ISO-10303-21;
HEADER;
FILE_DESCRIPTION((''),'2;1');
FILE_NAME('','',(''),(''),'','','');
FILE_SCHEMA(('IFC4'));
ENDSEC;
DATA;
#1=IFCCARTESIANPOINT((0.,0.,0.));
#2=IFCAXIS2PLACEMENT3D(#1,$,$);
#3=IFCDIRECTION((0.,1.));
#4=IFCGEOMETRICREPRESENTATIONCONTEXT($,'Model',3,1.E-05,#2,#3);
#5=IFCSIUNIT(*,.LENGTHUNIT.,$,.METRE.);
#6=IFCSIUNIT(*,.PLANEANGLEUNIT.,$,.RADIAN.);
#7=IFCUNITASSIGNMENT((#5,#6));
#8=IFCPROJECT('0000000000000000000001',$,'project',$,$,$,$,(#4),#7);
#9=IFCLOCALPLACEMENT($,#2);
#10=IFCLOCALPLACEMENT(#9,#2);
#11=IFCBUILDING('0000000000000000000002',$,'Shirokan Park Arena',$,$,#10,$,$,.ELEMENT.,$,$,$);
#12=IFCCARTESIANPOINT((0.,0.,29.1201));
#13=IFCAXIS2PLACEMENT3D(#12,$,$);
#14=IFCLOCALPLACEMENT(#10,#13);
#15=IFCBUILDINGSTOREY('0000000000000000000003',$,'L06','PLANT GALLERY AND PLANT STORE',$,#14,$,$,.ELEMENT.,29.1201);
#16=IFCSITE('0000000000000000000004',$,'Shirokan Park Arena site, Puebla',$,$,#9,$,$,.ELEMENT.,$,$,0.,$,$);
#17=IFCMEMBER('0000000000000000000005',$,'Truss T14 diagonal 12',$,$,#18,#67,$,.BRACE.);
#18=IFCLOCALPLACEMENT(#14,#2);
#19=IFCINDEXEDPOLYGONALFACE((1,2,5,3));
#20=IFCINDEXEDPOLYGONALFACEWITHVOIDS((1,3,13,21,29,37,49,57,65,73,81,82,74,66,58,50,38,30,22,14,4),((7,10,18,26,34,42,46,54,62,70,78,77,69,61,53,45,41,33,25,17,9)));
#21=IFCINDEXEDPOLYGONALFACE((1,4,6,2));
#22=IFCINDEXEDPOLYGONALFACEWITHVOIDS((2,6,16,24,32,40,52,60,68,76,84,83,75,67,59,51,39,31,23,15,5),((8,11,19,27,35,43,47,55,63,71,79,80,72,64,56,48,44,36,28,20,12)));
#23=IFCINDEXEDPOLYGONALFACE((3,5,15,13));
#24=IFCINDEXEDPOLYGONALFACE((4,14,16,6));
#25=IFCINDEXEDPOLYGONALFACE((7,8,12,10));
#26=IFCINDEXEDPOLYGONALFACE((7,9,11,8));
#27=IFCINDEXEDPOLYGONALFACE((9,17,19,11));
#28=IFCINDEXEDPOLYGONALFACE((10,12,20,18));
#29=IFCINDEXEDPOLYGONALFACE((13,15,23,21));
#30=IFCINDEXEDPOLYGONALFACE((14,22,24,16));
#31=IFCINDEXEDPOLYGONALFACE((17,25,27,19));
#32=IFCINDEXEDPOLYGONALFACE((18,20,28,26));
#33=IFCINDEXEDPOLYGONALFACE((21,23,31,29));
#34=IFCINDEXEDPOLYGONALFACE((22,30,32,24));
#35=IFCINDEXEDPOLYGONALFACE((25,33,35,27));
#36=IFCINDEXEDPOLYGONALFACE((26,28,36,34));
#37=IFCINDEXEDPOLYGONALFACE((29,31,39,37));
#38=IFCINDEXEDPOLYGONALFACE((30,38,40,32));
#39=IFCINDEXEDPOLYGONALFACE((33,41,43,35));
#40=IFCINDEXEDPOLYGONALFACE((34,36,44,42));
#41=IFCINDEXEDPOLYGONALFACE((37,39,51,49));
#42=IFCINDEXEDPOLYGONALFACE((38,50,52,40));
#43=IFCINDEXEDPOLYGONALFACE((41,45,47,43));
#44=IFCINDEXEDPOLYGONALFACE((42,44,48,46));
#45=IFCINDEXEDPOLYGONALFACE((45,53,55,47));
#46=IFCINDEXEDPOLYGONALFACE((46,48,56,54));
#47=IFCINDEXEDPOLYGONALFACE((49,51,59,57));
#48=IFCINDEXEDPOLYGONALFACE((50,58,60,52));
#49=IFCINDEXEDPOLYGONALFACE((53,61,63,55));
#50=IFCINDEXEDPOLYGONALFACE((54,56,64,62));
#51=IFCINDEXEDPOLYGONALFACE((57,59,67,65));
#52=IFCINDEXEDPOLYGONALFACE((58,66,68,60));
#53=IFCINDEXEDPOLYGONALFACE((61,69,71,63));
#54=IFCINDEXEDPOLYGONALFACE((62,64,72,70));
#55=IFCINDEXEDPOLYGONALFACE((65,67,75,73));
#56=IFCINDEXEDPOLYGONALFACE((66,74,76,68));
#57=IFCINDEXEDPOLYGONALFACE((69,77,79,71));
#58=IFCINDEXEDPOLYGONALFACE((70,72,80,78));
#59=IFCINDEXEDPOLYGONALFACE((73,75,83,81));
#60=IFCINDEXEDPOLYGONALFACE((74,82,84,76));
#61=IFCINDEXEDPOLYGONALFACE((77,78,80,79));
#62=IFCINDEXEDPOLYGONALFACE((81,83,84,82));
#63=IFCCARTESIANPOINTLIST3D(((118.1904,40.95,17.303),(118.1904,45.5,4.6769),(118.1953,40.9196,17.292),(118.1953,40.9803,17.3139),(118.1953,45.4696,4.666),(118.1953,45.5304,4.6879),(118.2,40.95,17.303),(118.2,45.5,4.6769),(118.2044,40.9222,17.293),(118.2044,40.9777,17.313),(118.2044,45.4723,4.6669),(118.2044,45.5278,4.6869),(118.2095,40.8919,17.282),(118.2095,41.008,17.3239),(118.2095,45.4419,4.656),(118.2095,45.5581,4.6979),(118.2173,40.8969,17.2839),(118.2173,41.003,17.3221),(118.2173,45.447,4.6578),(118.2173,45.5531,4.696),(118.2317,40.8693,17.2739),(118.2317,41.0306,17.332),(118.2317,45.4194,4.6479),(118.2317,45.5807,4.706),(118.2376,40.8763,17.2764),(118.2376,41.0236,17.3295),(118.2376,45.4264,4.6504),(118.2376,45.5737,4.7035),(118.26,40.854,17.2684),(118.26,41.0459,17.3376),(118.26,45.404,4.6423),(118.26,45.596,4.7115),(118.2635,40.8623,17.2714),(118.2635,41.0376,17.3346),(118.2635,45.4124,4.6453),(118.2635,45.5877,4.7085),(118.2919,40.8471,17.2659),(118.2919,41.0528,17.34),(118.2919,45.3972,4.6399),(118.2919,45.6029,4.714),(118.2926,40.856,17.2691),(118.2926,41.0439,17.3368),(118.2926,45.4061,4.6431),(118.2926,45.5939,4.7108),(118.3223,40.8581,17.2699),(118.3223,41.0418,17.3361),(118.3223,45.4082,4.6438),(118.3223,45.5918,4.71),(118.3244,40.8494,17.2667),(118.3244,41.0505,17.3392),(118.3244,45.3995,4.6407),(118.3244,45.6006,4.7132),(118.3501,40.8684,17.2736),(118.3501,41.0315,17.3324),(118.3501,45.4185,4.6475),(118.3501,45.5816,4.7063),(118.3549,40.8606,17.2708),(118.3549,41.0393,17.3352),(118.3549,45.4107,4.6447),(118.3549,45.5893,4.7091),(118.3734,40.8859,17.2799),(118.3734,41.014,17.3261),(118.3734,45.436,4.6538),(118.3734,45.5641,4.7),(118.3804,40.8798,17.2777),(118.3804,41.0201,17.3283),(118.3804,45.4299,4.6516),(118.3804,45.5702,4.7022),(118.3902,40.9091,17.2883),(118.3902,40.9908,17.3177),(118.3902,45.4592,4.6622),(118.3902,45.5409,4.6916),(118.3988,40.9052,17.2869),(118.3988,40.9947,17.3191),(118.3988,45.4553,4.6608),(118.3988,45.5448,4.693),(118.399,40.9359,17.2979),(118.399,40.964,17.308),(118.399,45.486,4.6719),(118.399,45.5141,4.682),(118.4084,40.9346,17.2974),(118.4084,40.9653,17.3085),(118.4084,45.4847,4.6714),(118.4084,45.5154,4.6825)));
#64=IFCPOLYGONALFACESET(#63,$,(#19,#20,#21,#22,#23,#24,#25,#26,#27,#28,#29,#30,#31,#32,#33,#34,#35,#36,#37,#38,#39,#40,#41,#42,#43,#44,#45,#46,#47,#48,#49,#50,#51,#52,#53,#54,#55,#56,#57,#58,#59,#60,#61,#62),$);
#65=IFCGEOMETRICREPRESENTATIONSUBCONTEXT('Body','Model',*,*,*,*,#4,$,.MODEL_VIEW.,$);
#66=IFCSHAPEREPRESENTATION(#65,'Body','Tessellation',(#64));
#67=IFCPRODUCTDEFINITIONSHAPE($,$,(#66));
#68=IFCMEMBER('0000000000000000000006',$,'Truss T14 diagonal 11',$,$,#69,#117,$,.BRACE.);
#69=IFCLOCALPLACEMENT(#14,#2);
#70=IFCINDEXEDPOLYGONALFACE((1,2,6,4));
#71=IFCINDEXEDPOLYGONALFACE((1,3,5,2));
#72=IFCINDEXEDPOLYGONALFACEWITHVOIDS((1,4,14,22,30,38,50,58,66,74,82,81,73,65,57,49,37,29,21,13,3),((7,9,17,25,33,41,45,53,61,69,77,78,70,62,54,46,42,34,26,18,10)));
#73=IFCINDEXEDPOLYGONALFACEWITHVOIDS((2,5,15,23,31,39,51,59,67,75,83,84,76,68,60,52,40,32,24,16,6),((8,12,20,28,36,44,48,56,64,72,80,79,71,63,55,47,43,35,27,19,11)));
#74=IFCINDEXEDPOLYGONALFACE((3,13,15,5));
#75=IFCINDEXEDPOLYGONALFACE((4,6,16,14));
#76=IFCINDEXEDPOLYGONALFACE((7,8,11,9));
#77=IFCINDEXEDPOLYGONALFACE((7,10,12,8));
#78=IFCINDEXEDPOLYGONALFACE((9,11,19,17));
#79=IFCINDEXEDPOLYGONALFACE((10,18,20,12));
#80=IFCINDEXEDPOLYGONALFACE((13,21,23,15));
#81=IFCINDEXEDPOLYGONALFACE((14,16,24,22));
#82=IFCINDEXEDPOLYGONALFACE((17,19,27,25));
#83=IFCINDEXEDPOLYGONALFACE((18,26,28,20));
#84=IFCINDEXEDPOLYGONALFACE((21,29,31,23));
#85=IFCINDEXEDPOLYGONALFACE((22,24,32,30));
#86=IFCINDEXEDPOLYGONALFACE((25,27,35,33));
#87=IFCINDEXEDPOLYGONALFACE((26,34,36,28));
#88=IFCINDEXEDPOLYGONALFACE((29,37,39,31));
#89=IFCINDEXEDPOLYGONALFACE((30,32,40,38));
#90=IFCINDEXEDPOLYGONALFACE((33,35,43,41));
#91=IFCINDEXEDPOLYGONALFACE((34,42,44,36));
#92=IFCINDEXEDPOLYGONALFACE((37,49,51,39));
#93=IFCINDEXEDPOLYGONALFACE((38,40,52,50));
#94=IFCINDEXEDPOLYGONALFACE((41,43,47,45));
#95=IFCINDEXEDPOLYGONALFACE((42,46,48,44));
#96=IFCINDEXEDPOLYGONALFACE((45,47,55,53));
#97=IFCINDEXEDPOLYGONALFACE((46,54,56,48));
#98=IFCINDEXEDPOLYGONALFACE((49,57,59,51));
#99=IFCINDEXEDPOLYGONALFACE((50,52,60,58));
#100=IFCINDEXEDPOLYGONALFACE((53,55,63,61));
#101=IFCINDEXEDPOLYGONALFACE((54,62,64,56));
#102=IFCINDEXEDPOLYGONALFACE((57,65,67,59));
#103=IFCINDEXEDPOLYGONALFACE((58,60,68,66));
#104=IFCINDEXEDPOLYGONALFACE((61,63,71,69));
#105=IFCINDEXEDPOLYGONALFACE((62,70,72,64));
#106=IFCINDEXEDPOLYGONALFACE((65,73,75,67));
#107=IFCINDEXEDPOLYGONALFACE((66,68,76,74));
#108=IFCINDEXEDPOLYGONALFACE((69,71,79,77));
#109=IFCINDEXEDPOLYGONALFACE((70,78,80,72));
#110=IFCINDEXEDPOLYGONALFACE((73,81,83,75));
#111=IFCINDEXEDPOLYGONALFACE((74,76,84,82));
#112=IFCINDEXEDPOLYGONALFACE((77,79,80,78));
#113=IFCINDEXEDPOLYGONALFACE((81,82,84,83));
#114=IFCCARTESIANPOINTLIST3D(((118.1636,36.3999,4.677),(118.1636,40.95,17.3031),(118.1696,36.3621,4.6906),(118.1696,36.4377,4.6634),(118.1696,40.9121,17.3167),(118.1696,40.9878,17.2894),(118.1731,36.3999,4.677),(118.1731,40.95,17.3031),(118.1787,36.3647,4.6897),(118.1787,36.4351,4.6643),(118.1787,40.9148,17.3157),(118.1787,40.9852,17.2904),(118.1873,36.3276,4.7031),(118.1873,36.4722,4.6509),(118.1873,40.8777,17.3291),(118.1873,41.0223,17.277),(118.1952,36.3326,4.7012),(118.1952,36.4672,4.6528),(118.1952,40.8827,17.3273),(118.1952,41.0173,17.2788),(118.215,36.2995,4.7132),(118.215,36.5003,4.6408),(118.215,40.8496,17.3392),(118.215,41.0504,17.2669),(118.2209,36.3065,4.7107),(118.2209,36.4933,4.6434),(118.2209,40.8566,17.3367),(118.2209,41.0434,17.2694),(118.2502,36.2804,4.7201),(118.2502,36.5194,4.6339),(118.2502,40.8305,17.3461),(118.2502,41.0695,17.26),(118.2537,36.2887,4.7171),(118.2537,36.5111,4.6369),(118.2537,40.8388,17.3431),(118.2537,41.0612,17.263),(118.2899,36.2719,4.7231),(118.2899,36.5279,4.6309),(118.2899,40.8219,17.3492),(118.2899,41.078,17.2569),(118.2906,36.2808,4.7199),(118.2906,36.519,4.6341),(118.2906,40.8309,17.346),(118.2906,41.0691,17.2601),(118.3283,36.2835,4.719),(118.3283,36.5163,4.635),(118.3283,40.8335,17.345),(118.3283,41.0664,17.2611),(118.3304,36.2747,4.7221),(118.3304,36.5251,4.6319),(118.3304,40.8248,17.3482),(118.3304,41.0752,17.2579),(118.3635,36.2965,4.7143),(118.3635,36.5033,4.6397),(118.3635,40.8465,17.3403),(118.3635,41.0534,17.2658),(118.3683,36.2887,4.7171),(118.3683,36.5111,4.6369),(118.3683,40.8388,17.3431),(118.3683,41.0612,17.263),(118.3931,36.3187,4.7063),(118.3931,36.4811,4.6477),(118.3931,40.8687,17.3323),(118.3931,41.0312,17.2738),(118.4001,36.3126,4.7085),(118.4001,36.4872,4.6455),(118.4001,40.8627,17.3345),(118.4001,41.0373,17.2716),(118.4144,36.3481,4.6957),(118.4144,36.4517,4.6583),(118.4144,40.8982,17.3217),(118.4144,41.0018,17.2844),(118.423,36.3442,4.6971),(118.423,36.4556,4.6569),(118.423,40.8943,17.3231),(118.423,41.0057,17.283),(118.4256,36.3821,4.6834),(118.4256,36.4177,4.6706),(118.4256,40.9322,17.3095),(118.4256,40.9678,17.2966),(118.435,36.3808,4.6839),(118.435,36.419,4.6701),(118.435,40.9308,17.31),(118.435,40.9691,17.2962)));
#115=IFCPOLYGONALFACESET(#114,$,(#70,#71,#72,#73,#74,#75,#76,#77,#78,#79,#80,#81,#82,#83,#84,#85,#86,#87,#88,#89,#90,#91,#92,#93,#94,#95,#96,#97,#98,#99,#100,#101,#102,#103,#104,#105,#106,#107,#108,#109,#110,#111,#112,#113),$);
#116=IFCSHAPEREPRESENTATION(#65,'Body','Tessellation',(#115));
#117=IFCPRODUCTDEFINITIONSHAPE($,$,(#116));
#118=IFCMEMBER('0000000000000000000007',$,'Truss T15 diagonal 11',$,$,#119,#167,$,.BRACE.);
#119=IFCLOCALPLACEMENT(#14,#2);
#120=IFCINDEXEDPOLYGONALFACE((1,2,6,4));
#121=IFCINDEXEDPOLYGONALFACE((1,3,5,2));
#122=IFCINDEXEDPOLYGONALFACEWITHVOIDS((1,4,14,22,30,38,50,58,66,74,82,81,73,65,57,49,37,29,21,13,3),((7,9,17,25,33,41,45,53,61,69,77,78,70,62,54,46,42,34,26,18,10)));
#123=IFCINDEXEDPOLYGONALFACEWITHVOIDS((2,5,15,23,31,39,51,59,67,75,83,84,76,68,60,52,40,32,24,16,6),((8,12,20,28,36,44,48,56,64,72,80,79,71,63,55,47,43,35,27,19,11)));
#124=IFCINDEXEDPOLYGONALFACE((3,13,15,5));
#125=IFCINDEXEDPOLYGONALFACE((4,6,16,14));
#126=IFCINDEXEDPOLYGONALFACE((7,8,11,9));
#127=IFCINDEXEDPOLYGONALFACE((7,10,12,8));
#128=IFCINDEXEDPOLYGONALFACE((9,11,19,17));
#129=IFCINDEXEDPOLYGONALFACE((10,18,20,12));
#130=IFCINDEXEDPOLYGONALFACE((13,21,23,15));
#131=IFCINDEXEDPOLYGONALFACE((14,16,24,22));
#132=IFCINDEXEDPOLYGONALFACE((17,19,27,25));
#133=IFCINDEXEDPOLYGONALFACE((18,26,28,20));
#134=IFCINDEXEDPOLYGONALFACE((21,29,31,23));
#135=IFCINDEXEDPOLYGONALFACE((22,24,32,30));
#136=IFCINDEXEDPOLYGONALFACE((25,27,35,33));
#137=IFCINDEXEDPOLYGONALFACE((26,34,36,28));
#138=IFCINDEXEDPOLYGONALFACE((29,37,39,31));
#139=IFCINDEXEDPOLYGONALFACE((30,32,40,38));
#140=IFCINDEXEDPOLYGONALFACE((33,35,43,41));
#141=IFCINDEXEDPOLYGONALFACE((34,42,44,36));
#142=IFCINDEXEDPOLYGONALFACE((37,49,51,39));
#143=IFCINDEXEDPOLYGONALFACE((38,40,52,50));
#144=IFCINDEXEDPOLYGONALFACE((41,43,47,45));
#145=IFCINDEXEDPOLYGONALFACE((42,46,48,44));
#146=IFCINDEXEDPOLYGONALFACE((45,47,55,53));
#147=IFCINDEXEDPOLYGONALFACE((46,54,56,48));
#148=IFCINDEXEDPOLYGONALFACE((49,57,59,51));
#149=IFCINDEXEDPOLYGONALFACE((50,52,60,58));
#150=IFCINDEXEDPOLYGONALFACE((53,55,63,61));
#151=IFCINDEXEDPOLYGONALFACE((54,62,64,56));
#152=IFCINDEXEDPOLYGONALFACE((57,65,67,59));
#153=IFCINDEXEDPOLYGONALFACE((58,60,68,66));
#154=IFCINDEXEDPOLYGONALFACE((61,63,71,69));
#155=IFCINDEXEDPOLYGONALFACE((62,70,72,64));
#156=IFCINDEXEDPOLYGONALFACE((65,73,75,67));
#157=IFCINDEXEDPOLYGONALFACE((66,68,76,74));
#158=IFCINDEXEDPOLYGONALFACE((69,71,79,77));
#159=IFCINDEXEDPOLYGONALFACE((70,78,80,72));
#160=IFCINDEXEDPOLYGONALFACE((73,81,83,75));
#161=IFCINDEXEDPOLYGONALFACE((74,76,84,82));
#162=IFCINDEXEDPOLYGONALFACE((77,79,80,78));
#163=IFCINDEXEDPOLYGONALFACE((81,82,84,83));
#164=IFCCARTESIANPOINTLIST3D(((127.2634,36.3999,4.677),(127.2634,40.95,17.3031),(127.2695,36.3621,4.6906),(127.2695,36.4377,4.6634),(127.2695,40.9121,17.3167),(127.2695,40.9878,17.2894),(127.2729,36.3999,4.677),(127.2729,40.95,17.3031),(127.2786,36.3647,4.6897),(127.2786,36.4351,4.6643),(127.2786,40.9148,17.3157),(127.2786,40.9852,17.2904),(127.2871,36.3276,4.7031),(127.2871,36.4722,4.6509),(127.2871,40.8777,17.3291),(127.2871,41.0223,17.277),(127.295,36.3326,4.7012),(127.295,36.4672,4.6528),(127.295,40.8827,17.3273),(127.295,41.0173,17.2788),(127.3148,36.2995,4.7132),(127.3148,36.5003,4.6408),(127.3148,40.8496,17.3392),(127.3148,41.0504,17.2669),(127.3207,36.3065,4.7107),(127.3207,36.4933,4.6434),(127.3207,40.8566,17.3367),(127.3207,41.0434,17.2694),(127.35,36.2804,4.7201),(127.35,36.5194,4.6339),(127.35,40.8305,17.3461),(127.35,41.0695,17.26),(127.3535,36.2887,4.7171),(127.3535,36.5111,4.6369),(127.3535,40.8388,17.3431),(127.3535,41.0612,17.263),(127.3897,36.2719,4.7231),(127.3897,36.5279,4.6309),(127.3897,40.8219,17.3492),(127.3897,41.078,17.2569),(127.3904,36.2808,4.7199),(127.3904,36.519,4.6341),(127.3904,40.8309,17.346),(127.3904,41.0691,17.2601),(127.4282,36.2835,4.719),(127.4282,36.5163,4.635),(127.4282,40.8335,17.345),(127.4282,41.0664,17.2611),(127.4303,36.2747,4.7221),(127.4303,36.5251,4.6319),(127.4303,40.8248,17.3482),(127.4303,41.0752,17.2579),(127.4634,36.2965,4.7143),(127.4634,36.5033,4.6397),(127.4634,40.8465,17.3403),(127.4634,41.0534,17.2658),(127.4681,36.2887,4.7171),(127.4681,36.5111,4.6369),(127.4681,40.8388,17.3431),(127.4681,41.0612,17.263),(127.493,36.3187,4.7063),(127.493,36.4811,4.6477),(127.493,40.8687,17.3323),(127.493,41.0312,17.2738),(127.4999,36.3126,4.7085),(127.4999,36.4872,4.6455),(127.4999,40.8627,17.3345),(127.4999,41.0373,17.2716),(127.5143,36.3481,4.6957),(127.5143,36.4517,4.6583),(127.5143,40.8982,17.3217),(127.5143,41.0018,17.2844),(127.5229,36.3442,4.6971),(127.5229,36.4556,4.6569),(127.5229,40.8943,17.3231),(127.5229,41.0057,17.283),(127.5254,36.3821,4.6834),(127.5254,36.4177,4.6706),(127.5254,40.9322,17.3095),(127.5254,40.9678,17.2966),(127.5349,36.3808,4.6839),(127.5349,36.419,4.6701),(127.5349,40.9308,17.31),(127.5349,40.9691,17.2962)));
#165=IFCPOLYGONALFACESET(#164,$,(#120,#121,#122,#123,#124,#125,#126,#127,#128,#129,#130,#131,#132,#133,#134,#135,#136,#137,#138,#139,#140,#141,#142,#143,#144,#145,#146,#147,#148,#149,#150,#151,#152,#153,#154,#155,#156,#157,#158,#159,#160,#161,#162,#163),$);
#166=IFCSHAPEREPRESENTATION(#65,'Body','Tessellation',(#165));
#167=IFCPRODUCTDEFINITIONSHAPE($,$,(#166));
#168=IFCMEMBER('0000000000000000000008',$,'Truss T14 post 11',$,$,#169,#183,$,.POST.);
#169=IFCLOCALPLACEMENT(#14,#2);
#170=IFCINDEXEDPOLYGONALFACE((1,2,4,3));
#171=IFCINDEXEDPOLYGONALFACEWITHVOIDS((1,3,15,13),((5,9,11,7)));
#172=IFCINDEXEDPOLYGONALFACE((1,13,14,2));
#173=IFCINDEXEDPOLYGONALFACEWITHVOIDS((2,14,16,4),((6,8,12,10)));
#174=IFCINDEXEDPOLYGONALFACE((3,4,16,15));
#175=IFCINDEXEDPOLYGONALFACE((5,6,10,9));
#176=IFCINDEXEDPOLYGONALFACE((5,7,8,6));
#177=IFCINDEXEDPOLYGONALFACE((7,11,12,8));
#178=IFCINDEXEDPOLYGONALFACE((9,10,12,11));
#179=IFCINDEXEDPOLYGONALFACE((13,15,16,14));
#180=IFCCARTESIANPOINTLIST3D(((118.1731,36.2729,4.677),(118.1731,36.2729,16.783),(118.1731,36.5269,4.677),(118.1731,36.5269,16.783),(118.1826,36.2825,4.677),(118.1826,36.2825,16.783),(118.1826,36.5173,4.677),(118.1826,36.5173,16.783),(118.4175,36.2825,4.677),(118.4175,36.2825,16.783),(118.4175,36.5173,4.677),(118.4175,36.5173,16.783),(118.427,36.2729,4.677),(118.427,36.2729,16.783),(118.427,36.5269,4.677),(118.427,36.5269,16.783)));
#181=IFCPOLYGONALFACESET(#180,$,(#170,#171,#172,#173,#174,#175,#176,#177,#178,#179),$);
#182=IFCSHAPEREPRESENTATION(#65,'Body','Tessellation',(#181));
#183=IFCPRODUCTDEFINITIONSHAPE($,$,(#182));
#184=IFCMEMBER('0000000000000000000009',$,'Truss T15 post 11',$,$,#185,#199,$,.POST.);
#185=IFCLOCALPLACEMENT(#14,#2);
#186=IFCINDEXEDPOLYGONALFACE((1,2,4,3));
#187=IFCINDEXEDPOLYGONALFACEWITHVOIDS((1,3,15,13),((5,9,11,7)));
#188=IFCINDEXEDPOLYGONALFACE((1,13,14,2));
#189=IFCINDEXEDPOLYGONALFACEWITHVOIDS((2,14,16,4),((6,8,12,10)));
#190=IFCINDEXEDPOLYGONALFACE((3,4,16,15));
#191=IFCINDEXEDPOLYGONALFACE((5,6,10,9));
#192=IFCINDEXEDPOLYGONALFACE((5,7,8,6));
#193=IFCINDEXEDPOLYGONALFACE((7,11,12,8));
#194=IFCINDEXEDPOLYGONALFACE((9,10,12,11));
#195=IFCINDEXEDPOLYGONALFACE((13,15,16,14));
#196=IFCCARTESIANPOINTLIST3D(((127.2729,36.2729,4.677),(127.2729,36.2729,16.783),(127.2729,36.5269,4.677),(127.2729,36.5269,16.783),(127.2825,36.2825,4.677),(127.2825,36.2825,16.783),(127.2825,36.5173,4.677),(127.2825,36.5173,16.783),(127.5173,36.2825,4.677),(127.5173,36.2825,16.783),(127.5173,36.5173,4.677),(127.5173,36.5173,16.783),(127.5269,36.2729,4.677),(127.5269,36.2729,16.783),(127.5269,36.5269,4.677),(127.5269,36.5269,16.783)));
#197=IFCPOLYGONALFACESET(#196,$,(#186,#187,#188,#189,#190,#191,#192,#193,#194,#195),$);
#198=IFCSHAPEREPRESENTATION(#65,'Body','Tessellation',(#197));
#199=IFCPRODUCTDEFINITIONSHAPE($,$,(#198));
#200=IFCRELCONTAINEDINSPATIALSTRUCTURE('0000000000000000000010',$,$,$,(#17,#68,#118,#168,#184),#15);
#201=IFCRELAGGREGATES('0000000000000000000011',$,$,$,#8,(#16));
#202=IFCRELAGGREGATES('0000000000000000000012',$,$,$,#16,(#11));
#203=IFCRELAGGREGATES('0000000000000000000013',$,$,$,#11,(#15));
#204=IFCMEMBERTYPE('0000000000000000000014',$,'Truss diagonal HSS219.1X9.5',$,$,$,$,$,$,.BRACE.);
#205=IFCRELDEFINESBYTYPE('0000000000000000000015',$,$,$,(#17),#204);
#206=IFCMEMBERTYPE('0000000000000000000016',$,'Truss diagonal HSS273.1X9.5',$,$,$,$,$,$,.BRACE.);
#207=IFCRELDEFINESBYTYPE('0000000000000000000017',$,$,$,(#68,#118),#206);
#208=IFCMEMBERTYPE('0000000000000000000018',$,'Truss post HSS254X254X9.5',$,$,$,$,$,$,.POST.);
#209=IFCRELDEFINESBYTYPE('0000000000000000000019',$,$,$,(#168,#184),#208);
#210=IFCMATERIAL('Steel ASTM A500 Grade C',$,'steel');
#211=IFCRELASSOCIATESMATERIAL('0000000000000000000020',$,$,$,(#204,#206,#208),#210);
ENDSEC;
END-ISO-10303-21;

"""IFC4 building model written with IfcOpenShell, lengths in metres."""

from ifc_helpers import new_model, si_unit, direction, frame, origin, origin_2d, place, context, subcontext, project, spatial, hollow_rectangle, hollow_circle, extrude, material, material_profile, profile_set, type_object, element, save


model = new_model("IFC4")

# Units and contexts
model_context = context("Model", 3, precision=1e-05, world=origin(), true_north=direction((0.0, 1.0)))
body_context = subcontext(model_context, "Body", "Model", "MODEL_VIEW")
ifc_project = project(units=[si_unit("LENGTHUNIT", "METRE"), si_unit("PLANEANGLEUNIT", "RADIAN")], contexts=[model_context])

# Site, building, storey
site_placement = place(None, origin())
site = spatial("IfcSite", under=ifc_project, at=site_placement, Name="Shirokan Park Arena site, Puebla", CompositionType="ELEMENT", RefElevation=0.0)
building_placement = place(site_placement, origin())
building = spatial("IfcBuilding", under=site, at=building_placement, Name="Shirokan Park Arena", CompositionType="ELEMENT")
storey_placement = place(building_placement, frame((0.0, 0.0, 29.1201)))
storey = spatial("IfcBuildingStorey", under=building, at=storey_placement, Name="L06", Description="PLANT GALLERY AND PLANT STORE", CompositionType="ELEMENT", Elevation=29.1201)

# Shared definitions
ifc_material_1 = material(Name="Steel ASTM A500 Grade C", Category="steel")

# Members
ifc_material_profile_1 = material_profile(ifc_material_1, hollow_circle(Radius=0.1096, WallThickness=0.0095, at=origin_2d()), Name="HSS219.1X9.5")
ifc_profile_set_1 = profile_set([ifc_material_profile_1], Name="Steel ASTM A500 Grade C")
member_type_1 = type_object("IfcMemberType", Name="Truss diagonal HSS219.1X9.5", PredefinedType="BRACE", material=ifc_profile_set_1)
member_1_placement = place(storey_placement, frame((118.3, 40.95, 17.303), z_axis=(0.0, 0.339029, -0.940776), x_axis=(-1.0, 0.0, 0.0)))
element("IfcMember", 1, at=member_1_placement, inside=storey, type_object=member_type_1, Name="Truss T14 diagonal 12", PredefinedType="BRACE", context=body_context, shape_type="SweptSolid", body=[
    extrude(hollow_circle(Radius=0.1096, WallThickness=0.0095, at=origin_2d()), origin(), (0.0, 0.0, 1.0), 13.4209),
])
ifc_material_profile_2 = material_profile(ifc_material_1, hollow_circle(Radius=0.1365, WallThickness=0.0095, at=origin_2d()), Name="HSS273.1X9.5")
ifc_profile_set_2 = profile_set([ifc_material_profile_2], Name="Steel ASTM A500 Grade C")
member_type_2 = type_object("IfcMemberType", Name="Truss diagonal HSS273.1X9.5", PredefinedType="BRACE", material=ifc_profile_set_2)
for number, where, z_axis, x_axis, name in (
    (2, (118.3, 36.3999, 4.677), (0.0, 0.339029, 0.940776), (-1.0, 0.0, 0.0), "Truss T14 diagonal 11"),
    (3, (127.3999, 36.3999, 4.677), (0.0, 0.339029, 0.940776), (-1.0, 0.0, 0.0), "Truss T15 diagonal 11"),
):
    element("IfcMember", number, at=place(storey_placement, frame(where, z_axis=z_axis, x_axis=x_axis)), inside=storey, type_object=member_type_2, Name=name, PredefinedType="BRACE", context=body_context, shape_type="SweptSolid", body=[
        extrude(hollow_circle(Radius=0.1365, WallThickness=0.0095, at=origin_2d()), origin(), (0.0, 0.0, 1.0), 13.4209),
    ])
ifc_material_profile_3 = material_profile(ifc_material_1, hollow_rectangle(XDim=0.2539, YDim=0.2539, WallThickness=0.0095, at=origin_2d()), Name="HSS254X254X9.5")
ifc_profile_set_3 = profile_set([ifc_material_profile_3], Name="Steel ASTM A500 Grade C")
member_type_3 = type_object("IfcMemberType", Name="Truss post HSS254X254X9.5", PredefinedType="POST", material=ifc_profile_set_3)
for number, where, z_axis, x_axis, name in (
    (4, (118.3, 36.3999, 4.677), (0.0, 0.0, 1.0), (1.0, 0.0, 0.0), "Truss T14 post 11"),
    (5, (127.3999, 36.3999, 4.677), (0.0, 0.0, 1.0), (1.0, 0.0, 0.0), "Truss T15 post 11"),
):
    element("IfcMember", number, at=place(storey_placement, frame(where, z_axis=z_axis, x_axis=x_axis)), inside=storey, type_object=member_type_3, Name=name, PredefinedType="POST", context=body_context, shape_type="SweptSolid", body=[
        extrude(hollow_rectangle(XDim=0.2539, YDim=0.2539, WallThickness=0.0095, at=origin_2d()), origin(), (0.0, 0.0, 1.0), 12.106),
    ])

save(model, "model.ifc")
